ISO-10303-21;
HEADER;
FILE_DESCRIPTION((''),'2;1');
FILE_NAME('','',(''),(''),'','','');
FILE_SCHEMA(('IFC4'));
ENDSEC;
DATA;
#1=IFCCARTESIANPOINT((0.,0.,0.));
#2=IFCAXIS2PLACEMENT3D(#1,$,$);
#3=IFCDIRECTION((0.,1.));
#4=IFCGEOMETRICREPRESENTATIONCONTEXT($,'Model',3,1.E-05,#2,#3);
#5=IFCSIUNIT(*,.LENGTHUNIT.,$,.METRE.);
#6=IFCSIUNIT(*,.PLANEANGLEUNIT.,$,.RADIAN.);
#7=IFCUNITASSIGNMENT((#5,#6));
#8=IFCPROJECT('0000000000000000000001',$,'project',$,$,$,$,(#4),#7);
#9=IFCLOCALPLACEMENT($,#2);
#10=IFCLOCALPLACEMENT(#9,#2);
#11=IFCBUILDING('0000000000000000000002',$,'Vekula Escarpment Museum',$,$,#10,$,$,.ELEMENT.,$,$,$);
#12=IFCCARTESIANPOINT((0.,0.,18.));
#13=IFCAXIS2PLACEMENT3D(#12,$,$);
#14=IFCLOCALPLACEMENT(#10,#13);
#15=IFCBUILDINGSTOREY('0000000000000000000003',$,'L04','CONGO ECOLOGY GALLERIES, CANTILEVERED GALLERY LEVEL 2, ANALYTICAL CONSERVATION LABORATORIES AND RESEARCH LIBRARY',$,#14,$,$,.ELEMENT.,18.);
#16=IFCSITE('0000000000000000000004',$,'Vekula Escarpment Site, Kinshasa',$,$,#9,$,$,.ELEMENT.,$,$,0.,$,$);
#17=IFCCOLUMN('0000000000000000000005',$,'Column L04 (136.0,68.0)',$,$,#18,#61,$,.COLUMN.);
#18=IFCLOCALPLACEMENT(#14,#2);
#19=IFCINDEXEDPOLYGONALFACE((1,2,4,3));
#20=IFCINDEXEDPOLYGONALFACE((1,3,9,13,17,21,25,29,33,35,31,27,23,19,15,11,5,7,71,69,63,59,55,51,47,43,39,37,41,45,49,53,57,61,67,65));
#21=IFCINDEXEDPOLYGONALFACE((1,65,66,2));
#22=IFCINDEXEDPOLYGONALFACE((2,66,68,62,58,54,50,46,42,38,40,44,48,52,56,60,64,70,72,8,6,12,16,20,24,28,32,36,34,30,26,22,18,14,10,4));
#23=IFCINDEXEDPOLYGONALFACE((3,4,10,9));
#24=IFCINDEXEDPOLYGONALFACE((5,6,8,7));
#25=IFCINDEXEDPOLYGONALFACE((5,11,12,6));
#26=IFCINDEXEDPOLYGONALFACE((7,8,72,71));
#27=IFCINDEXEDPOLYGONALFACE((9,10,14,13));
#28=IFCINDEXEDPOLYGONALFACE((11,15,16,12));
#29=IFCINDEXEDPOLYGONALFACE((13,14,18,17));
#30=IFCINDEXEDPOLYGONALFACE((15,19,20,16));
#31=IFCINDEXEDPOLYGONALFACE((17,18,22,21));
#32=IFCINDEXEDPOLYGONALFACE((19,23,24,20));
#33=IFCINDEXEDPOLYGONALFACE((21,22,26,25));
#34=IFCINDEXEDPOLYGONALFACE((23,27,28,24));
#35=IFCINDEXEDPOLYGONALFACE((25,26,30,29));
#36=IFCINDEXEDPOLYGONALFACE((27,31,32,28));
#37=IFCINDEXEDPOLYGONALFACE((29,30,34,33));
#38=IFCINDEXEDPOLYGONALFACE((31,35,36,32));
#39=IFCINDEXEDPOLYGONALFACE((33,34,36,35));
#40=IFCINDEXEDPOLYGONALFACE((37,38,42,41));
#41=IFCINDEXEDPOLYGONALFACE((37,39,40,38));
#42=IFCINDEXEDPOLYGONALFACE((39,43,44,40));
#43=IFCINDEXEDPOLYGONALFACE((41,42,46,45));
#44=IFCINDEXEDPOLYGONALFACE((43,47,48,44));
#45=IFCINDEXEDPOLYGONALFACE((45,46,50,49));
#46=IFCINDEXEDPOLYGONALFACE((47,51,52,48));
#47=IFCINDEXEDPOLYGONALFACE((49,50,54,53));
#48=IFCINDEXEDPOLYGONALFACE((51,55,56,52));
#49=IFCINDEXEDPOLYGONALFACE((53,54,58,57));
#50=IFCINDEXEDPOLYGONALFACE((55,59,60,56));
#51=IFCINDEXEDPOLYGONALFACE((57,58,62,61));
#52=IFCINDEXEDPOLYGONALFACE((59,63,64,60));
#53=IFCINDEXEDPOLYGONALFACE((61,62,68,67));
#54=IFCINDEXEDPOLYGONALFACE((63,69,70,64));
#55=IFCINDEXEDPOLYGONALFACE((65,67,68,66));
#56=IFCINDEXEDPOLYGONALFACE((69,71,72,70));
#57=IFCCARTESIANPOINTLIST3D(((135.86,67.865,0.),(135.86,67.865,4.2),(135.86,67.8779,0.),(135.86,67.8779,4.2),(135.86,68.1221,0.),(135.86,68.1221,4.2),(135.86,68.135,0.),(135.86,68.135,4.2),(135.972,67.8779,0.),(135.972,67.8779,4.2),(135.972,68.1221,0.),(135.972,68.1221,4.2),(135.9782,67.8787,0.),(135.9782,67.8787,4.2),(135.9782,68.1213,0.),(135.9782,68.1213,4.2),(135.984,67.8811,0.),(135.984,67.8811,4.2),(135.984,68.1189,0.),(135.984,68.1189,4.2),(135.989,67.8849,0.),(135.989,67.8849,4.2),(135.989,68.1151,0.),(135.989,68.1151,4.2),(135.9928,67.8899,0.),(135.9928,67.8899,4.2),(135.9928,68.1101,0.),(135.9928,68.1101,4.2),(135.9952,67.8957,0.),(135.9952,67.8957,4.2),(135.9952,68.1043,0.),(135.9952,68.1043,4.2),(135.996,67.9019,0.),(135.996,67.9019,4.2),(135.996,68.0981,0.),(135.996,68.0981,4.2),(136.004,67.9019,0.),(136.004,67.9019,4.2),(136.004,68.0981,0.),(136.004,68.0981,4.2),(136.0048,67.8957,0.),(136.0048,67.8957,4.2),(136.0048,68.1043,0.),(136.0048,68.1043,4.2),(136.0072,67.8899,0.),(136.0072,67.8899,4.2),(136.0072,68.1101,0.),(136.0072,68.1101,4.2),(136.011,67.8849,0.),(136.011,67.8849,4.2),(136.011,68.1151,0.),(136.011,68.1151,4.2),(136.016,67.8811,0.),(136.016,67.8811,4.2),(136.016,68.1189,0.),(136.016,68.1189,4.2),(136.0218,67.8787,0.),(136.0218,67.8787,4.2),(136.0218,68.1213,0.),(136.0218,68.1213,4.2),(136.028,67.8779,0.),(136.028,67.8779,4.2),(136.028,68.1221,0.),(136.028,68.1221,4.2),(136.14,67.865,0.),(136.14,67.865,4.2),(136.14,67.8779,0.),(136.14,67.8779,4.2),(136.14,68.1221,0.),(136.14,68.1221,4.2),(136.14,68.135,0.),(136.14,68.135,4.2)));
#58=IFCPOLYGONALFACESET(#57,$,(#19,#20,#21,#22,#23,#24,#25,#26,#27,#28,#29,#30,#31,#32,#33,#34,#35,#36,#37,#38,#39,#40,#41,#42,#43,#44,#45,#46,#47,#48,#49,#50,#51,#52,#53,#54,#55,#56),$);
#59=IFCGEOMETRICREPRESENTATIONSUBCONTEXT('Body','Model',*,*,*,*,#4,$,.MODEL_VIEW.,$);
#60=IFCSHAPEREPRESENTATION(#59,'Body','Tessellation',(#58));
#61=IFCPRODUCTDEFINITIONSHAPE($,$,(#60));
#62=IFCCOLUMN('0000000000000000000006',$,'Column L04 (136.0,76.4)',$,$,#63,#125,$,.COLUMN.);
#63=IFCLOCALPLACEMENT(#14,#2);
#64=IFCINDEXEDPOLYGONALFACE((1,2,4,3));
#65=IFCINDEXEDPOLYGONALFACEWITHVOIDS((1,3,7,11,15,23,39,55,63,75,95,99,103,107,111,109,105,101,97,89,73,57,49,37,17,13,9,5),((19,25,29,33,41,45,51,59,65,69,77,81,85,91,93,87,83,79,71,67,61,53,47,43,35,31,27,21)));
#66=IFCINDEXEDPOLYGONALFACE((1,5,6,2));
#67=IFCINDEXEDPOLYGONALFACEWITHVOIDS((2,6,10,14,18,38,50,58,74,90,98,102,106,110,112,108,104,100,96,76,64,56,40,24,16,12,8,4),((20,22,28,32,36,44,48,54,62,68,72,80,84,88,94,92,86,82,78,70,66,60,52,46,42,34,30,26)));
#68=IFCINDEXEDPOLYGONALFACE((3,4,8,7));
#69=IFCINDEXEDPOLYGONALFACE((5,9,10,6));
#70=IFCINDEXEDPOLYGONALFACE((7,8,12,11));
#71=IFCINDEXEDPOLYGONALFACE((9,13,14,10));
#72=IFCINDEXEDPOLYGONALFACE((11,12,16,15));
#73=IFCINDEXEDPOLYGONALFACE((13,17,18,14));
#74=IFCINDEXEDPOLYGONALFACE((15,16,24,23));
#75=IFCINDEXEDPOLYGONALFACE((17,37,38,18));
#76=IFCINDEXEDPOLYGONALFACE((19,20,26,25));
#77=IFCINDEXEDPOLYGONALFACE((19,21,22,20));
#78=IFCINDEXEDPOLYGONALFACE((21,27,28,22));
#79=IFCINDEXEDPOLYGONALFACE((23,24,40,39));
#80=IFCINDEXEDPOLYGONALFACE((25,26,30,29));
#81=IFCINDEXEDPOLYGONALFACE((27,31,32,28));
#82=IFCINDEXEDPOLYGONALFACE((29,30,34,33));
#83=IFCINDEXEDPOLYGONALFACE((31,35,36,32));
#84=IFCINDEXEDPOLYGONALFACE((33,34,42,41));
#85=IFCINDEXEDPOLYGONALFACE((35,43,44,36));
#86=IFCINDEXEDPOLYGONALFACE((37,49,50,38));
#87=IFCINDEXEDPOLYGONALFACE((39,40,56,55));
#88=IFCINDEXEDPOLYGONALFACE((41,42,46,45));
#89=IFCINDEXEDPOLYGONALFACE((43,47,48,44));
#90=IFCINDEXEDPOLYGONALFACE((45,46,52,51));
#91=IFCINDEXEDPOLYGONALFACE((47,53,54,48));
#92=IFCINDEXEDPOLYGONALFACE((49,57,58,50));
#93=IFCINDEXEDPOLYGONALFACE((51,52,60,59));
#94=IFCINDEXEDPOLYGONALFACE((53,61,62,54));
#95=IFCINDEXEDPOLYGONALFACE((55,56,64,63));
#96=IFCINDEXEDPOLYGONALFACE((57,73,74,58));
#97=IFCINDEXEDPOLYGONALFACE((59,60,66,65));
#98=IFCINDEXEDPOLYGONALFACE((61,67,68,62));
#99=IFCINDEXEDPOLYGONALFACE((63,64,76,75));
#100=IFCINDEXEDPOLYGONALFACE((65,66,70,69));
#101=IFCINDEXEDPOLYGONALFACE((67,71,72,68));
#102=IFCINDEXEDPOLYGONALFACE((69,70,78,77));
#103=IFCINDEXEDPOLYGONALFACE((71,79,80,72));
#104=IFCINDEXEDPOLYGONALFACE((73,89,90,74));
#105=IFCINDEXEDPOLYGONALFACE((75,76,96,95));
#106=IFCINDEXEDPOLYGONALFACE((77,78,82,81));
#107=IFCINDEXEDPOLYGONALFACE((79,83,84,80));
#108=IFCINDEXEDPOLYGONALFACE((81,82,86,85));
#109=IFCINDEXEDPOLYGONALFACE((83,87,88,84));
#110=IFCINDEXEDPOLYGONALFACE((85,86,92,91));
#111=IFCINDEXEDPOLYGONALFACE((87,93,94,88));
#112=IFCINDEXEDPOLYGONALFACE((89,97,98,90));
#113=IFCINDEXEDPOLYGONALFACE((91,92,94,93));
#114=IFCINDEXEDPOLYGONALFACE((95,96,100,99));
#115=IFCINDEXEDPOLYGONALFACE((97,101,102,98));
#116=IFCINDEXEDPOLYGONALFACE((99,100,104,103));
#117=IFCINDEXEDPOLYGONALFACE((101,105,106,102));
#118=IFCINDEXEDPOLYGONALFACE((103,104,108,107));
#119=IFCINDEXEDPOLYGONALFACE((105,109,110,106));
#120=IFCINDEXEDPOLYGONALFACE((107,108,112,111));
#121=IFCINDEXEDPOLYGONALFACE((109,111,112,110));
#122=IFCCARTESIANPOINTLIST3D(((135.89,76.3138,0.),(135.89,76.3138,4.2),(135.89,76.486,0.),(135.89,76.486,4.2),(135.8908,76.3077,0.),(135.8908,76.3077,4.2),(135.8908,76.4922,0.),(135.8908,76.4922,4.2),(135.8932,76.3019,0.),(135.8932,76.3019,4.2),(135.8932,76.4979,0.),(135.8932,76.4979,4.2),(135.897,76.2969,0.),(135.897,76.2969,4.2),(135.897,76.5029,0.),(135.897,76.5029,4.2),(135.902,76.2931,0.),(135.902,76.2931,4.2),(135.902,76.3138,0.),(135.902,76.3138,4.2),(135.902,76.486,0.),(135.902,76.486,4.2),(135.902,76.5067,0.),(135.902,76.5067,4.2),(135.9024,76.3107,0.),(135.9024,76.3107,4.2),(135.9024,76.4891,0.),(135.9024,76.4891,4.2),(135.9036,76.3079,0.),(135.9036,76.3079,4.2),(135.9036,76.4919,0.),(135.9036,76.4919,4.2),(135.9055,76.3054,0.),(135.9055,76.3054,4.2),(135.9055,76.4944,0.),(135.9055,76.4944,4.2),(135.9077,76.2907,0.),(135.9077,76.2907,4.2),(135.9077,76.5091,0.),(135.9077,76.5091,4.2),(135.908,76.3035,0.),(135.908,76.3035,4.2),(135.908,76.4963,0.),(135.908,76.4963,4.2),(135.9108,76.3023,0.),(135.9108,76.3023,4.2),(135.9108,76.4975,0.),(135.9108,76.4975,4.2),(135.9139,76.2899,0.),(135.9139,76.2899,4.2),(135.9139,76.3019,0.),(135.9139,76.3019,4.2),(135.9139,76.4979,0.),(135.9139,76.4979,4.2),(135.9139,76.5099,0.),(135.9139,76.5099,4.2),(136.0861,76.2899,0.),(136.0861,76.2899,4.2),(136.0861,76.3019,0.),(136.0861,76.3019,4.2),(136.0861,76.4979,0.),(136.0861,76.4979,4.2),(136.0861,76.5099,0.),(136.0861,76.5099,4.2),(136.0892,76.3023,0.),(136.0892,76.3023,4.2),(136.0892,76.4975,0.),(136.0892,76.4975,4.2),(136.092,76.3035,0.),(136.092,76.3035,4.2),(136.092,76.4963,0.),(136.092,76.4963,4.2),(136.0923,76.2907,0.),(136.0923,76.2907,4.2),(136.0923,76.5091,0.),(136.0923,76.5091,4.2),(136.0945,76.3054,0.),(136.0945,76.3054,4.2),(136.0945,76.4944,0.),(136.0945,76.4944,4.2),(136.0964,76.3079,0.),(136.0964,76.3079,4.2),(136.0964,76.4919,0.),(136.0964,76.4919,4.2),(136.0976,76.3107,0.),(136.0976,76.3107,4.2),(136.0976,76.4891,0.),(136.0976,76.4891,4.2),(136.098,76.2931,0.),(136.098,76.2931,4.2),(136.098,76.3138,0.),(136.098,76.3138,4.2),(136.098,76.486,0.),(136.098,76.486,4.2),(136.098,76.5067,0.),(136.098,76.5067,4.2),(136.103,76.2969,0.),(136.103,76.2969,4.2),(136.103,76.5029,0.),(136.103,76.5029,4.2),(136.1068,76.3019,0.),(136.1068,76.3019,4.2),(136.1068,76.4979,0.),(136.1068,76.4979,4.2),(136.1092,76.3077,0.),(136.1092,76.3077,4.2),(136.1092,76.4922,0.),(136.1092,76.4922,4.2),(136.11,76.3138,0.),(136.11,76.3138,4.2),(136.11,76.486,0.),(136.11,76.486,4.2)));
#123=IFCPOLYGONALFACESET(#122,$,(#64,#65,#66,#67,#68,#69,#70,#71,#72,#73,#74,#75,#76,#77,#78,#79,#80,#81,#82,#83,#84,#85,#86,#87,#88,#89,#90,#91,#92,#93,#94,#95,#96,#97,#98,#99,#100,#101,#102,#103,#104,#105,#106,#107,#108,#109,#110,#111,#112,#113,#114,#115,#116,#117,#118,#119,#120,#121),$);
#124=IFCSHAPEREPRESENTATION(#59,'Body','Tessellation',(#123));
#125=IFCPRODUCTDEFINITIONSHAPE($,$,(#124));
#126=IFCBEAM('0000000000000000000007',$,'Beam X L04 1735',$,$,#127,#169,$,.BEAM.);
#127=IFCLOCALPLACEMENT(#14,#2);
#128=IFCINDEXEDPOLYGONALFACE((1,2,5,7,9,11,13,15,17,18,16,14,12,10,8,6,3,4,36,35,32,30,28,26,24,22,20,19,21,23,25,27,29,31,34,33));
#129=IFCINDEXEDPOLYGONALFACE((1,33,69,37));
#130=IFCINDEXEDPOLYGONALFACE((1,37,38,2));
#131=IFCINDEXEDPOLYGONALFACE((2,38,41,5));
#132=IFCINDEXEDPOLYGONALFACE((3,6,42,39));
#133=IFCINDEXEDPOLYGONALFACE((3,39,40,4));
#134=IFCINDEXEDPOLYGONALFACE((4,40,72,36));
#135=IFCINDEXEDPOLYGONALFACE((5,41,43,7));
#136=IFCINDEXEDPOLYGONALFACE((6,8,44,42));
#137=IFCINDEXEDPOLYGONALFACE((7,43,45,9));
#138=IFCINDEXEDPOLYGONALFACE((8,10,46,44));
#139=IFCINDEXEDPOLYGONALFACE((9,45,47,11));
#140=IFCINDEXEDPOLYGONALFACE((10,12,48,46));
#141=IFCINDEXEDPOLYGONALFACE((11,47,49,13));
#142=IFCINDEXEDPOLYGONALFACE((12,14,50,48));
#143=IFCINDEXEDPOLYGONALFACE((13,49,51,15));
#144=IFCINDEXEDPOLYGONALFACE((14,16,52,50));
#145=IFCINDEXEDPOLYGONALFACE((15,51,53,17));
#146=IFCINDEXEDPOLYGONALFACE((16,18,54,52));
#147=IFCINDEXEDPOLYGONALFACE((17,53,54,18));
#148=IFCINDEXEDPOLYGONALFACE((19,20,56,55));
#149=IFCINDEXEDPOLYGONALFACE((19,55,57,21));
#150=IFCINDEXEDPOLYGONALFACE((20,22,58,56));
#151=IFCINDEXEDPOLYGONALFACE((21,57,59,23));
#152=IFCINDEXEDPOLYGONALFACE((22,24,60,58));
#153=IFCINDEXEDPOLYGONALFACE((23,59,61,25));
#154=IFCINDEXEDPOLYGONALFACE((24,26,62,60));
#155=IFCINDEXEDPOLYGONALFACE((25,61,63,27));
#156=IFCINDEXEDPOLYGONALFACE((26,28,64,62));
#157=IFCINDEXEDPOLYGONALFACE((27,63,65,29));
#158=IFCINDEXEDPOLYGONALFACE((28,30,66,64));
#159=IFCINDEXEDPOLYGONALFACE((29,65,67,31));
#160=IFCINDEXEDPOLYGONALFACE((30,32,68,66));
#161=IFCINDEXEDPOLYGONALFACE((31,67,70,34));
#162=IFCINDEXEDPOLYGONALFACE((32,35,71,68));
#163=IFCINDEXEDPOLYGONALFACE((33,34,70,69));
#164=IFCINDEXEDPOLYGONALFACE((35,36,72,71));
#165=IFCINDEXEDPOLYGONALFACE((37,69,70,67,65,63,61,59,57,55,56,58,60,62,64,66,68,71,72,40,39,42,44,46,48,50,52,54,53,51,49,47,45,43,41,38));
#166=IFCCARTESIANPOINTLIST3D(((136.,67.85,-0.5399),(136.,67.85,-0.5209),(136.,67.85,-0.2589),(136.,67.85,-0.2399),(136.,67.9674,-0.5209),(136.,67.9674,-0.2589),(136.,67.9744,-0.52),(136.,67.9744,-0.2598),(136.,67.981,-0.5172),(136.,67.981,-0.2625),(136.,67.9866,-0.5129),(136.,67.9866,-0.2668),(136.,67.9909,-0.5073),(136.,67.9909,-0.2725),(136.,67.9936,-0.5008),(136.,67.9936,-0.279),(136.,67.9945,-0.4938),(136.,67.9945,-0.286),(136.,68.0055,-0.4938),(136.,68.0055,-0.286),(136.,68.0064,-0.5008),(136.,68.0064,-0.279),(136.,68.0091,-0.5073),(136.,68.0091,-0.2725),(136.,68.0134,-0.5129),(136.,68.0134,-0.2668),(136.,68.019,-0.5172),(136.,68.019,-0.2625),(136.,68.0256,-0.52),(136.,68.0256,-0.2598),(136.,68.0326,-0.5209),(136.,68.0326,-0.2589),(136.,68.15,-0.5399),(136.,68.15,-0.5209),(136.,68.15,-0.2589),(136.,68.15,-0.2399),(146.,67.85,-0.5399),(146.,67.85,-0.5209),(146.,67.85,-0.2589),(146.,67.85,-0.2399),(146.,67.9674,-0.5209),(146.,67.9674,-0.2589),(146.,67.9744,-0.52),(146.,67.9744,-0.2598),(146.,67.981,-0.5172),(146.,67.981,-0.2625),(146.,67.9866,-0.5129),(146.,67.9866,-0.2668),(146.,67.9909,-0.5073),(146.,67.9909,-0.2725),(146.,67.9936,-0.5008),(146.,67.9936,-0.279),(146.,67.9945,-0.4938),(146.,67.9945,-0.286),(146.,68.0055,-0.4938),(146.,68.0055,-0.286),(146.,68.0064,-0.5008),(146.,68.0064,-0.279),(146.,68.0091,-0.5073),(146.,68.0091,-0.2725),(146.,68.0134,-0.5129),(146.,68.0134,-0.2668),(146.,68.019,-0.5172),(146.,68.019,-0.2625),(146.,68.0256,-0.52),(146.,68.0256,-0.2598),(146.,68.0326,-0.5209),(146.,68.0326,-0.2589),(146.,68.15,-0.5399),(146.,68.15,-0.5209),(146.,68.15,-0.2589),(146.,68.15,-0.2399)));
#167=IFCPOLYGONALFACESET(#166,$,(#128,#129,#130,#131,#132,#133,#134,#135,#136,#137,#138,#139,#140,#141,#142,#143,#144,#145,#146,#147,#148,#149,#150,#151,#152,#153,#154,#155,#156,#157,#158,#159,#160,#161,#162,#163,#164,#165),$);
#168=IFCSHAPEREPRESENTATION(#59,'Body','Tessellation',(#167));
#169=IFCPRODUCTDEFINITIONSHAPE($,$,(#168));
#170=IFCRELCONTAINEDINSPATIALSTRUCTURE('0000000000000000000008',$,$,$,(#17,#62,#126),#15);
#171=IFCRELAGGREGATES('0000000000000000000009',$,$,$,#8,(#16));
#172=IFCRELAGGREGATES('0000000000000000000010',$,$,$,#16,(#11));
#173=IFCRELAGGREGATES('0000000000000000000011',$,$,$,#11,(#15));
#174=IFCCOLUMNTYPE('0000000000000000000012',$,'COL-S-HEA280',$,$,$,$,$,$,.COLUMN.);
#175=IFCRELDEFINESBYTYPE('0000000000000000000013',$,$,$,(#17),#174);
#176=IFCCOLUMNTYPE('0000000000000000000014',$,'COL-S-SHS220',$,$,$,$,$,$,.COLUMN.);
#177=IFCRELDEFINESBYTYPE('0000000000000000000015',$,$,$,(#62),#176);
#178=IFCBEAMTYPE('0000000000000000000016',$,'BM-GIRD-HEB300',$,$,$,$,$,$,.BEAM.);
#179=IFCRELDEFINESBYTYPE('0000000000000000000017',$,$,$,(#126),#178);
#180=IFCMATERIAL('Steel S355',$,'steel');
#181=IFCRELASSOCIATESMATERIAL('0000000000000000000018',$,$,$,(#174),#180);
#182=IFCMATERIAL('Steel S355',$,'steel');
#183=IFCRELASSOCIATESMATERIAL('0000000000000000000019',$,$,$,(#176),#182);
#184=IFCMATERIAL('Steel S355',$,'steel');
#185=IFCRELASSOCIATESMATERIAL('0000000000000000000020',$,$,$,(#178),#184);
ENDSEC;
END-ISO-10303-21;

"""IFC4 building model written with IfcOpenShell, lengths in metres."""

from ifc_helpers import new_model, si_unit, direction, frame, origin, origin_2d, place, context, subcontext, project, spatial, hollow_rectangle, i_section, extrude, material, material_profile, profile_set, type_object, element, save


model = new_model("IFC4")

# Units and contexts
model_context = context("Model", 3, precision=1e-05, world=origin(), true_north=direction((0.0, 1.0)))
body_context = subcontext(model_context, "Body", "Model", "MODEL_VIEW")
ifc_project = project(units=[si_unit("LENGTHUNIT", "METRE"), si_unit("PLANEANGLEUNIT", "RADIAN")], contexts=[model_context])

# Site, building, storey
site_placement = place(None, origin())
site = spatial("IfcSite", under=ifc_project, at=site_placement, Name="Vekula Escarpment Site, Kinshasa", CompositionType="ELEMENT", RefElevation=0.0)
building_placement = place(site_placement, origin())
building = spatial("IfcBuilding", under=site, at=building_placement, Name="Vekula Escarpment Museum", CompositionType="ELEMENT")
storey_placement = place(building_placement, frame((0.0, 0.0, 18.0)))
storey = spatial("IfcBuildingStorey", under=building, at=storey_placement, Name="L04", Description="CONGO ECOLOGY GALLERIES, CANTILEVERED GALLERY LEVEL 2, ANALYTICAL CONSERVATION LABORATORIES AND RESEARCH LIBRARY", CompositionType="ELEMENT", Elevation=18.0)

# Columns
ifc_material_1 = material(Name="Steel S355", Category="steel")
ifc_material_profile_1 = material_profile(ifc_material_1, i_section(OverallWidth=0.28, OverallDepth=0.27, WebThickness=0.0081, FlangeThickness=0.0129, FilletRadius=0.0239, at=origin_2d()), Name="HEA 280")
ifc_profile_set_1 = profile_set([ifc_material_profile_1], Name="Steel S355")
column_type_1 = type_object("IfcColumnType", Name="COL-S-HEA280", PredefinedType="COLUMN", material=ifc_profile_set_1)
column_1_placement = place(storey_placement, frame((136.0, 68.0, 0.0), z_axis=(0.0, 0.0, 1.0), x_axis=(1.0, 0.0, 0.0)))
element("IfcColumn", 1, at=column_1_placement, inside=storey, type_object=column_type_1, Name="Column L04 (136.0,68.0)", PredefinedType="COLUMN", context=body_context, shape_type="SweptSolid", body=[
    extrude(i_section(OverallWidth=0.28, OverallDepth=0.27, WebThickness=0.0081, FlangeThickness=0.0129, FilletRadius=0.0239, at=origin_2d()), origin(), (0.0, 0.0, 1.0), 4.2),
])
ifc_material_2 = material(Name="Steel S355", Category="steel")
ifc_material_profile_2 = material_profile(ifc_material_2, hollow_rectangle(XDim=0.22, YDim=0.22, WallThickness=0.012, InnerFilletRadius=0.012, OuterFilletRadius=0.0239, at=origin_2d()), Name="SHS 220x220x12")
ifc_profile_set_2 = profile_set([ifc_material_profile_2], Name="Steel S355")
column_type_2 = type_object("IfcColumnType", Name="COL-S-SHS220", PredefinedType="COLUMN", material=ifc_profile_set_2)
column_2_placement = place(storey_placement, frame((136.0, 76.3999, 0.0), z_axis=(0.0, 0.0, 1.0), x_axis=(1.0, 0.0, 0.0)))
element("IfcColumn", 2, at=column_2_placement, inside=storey, type_object=column_type_2, Name="Column L04 (136.0,76.4)", PredefinedType="COLUMN", context=body_context, shape_type="SweptSolid", body=[
    extrude(hollow_rectangle(XDim=0.22, YDim=0.22, WallThickness=0.012, InnerFilletRadius=0.012, OuterFilletRadius=0.0239, at=origin_2d()), origin(), (0.0, 0.0, 1.0), 4.2),
])

# Beam
ifc_material_3 = material(Name="Steel S355", Category="steel")
ifc_material_profile_3 = material_profile(ifc_material_3, i_section(OverallWidth=0.3, OverallDepth=0.3, WebThickness=0.011, FlangeThickness=0.019, FilletRadius=0.0271, at=origin_2d()), Name="HEB 300")
ifc_profile_set_3 = profile_set([ifc_material_profile_3], Name="Steel S355")
beam_type_1 = type_object("IfcBeamType", Name="BM-GIRD-HEB300", PredefinedType="BEAM", material=ifc_profile_set_3)
beam_1_placement = place(storey_placement, frame((136.0, 68.0, -0.3899), z_axis=(1.0, 0.0, 0.0), x_axis=(0.0, 1.0, 0.0)))
element("IfcBeam", 3, at=beam_1_placement, inside=storey, type_object=beam_type_1, Name="Beam X L04 1735", PredefinedType="BEAM", context=body_context, shape_type="SweptSolid", body=[
    extrude(i_section(OverallWidth=0.3, OverallDepth=0.3, WebThickness=0.011, FlangeThickness=0.019, FilletRadius=0.0271, at=origin_2d()), origin(), (0.0, 0.0, 1.0), 10.0),
])

save(model, "model.ifc")
